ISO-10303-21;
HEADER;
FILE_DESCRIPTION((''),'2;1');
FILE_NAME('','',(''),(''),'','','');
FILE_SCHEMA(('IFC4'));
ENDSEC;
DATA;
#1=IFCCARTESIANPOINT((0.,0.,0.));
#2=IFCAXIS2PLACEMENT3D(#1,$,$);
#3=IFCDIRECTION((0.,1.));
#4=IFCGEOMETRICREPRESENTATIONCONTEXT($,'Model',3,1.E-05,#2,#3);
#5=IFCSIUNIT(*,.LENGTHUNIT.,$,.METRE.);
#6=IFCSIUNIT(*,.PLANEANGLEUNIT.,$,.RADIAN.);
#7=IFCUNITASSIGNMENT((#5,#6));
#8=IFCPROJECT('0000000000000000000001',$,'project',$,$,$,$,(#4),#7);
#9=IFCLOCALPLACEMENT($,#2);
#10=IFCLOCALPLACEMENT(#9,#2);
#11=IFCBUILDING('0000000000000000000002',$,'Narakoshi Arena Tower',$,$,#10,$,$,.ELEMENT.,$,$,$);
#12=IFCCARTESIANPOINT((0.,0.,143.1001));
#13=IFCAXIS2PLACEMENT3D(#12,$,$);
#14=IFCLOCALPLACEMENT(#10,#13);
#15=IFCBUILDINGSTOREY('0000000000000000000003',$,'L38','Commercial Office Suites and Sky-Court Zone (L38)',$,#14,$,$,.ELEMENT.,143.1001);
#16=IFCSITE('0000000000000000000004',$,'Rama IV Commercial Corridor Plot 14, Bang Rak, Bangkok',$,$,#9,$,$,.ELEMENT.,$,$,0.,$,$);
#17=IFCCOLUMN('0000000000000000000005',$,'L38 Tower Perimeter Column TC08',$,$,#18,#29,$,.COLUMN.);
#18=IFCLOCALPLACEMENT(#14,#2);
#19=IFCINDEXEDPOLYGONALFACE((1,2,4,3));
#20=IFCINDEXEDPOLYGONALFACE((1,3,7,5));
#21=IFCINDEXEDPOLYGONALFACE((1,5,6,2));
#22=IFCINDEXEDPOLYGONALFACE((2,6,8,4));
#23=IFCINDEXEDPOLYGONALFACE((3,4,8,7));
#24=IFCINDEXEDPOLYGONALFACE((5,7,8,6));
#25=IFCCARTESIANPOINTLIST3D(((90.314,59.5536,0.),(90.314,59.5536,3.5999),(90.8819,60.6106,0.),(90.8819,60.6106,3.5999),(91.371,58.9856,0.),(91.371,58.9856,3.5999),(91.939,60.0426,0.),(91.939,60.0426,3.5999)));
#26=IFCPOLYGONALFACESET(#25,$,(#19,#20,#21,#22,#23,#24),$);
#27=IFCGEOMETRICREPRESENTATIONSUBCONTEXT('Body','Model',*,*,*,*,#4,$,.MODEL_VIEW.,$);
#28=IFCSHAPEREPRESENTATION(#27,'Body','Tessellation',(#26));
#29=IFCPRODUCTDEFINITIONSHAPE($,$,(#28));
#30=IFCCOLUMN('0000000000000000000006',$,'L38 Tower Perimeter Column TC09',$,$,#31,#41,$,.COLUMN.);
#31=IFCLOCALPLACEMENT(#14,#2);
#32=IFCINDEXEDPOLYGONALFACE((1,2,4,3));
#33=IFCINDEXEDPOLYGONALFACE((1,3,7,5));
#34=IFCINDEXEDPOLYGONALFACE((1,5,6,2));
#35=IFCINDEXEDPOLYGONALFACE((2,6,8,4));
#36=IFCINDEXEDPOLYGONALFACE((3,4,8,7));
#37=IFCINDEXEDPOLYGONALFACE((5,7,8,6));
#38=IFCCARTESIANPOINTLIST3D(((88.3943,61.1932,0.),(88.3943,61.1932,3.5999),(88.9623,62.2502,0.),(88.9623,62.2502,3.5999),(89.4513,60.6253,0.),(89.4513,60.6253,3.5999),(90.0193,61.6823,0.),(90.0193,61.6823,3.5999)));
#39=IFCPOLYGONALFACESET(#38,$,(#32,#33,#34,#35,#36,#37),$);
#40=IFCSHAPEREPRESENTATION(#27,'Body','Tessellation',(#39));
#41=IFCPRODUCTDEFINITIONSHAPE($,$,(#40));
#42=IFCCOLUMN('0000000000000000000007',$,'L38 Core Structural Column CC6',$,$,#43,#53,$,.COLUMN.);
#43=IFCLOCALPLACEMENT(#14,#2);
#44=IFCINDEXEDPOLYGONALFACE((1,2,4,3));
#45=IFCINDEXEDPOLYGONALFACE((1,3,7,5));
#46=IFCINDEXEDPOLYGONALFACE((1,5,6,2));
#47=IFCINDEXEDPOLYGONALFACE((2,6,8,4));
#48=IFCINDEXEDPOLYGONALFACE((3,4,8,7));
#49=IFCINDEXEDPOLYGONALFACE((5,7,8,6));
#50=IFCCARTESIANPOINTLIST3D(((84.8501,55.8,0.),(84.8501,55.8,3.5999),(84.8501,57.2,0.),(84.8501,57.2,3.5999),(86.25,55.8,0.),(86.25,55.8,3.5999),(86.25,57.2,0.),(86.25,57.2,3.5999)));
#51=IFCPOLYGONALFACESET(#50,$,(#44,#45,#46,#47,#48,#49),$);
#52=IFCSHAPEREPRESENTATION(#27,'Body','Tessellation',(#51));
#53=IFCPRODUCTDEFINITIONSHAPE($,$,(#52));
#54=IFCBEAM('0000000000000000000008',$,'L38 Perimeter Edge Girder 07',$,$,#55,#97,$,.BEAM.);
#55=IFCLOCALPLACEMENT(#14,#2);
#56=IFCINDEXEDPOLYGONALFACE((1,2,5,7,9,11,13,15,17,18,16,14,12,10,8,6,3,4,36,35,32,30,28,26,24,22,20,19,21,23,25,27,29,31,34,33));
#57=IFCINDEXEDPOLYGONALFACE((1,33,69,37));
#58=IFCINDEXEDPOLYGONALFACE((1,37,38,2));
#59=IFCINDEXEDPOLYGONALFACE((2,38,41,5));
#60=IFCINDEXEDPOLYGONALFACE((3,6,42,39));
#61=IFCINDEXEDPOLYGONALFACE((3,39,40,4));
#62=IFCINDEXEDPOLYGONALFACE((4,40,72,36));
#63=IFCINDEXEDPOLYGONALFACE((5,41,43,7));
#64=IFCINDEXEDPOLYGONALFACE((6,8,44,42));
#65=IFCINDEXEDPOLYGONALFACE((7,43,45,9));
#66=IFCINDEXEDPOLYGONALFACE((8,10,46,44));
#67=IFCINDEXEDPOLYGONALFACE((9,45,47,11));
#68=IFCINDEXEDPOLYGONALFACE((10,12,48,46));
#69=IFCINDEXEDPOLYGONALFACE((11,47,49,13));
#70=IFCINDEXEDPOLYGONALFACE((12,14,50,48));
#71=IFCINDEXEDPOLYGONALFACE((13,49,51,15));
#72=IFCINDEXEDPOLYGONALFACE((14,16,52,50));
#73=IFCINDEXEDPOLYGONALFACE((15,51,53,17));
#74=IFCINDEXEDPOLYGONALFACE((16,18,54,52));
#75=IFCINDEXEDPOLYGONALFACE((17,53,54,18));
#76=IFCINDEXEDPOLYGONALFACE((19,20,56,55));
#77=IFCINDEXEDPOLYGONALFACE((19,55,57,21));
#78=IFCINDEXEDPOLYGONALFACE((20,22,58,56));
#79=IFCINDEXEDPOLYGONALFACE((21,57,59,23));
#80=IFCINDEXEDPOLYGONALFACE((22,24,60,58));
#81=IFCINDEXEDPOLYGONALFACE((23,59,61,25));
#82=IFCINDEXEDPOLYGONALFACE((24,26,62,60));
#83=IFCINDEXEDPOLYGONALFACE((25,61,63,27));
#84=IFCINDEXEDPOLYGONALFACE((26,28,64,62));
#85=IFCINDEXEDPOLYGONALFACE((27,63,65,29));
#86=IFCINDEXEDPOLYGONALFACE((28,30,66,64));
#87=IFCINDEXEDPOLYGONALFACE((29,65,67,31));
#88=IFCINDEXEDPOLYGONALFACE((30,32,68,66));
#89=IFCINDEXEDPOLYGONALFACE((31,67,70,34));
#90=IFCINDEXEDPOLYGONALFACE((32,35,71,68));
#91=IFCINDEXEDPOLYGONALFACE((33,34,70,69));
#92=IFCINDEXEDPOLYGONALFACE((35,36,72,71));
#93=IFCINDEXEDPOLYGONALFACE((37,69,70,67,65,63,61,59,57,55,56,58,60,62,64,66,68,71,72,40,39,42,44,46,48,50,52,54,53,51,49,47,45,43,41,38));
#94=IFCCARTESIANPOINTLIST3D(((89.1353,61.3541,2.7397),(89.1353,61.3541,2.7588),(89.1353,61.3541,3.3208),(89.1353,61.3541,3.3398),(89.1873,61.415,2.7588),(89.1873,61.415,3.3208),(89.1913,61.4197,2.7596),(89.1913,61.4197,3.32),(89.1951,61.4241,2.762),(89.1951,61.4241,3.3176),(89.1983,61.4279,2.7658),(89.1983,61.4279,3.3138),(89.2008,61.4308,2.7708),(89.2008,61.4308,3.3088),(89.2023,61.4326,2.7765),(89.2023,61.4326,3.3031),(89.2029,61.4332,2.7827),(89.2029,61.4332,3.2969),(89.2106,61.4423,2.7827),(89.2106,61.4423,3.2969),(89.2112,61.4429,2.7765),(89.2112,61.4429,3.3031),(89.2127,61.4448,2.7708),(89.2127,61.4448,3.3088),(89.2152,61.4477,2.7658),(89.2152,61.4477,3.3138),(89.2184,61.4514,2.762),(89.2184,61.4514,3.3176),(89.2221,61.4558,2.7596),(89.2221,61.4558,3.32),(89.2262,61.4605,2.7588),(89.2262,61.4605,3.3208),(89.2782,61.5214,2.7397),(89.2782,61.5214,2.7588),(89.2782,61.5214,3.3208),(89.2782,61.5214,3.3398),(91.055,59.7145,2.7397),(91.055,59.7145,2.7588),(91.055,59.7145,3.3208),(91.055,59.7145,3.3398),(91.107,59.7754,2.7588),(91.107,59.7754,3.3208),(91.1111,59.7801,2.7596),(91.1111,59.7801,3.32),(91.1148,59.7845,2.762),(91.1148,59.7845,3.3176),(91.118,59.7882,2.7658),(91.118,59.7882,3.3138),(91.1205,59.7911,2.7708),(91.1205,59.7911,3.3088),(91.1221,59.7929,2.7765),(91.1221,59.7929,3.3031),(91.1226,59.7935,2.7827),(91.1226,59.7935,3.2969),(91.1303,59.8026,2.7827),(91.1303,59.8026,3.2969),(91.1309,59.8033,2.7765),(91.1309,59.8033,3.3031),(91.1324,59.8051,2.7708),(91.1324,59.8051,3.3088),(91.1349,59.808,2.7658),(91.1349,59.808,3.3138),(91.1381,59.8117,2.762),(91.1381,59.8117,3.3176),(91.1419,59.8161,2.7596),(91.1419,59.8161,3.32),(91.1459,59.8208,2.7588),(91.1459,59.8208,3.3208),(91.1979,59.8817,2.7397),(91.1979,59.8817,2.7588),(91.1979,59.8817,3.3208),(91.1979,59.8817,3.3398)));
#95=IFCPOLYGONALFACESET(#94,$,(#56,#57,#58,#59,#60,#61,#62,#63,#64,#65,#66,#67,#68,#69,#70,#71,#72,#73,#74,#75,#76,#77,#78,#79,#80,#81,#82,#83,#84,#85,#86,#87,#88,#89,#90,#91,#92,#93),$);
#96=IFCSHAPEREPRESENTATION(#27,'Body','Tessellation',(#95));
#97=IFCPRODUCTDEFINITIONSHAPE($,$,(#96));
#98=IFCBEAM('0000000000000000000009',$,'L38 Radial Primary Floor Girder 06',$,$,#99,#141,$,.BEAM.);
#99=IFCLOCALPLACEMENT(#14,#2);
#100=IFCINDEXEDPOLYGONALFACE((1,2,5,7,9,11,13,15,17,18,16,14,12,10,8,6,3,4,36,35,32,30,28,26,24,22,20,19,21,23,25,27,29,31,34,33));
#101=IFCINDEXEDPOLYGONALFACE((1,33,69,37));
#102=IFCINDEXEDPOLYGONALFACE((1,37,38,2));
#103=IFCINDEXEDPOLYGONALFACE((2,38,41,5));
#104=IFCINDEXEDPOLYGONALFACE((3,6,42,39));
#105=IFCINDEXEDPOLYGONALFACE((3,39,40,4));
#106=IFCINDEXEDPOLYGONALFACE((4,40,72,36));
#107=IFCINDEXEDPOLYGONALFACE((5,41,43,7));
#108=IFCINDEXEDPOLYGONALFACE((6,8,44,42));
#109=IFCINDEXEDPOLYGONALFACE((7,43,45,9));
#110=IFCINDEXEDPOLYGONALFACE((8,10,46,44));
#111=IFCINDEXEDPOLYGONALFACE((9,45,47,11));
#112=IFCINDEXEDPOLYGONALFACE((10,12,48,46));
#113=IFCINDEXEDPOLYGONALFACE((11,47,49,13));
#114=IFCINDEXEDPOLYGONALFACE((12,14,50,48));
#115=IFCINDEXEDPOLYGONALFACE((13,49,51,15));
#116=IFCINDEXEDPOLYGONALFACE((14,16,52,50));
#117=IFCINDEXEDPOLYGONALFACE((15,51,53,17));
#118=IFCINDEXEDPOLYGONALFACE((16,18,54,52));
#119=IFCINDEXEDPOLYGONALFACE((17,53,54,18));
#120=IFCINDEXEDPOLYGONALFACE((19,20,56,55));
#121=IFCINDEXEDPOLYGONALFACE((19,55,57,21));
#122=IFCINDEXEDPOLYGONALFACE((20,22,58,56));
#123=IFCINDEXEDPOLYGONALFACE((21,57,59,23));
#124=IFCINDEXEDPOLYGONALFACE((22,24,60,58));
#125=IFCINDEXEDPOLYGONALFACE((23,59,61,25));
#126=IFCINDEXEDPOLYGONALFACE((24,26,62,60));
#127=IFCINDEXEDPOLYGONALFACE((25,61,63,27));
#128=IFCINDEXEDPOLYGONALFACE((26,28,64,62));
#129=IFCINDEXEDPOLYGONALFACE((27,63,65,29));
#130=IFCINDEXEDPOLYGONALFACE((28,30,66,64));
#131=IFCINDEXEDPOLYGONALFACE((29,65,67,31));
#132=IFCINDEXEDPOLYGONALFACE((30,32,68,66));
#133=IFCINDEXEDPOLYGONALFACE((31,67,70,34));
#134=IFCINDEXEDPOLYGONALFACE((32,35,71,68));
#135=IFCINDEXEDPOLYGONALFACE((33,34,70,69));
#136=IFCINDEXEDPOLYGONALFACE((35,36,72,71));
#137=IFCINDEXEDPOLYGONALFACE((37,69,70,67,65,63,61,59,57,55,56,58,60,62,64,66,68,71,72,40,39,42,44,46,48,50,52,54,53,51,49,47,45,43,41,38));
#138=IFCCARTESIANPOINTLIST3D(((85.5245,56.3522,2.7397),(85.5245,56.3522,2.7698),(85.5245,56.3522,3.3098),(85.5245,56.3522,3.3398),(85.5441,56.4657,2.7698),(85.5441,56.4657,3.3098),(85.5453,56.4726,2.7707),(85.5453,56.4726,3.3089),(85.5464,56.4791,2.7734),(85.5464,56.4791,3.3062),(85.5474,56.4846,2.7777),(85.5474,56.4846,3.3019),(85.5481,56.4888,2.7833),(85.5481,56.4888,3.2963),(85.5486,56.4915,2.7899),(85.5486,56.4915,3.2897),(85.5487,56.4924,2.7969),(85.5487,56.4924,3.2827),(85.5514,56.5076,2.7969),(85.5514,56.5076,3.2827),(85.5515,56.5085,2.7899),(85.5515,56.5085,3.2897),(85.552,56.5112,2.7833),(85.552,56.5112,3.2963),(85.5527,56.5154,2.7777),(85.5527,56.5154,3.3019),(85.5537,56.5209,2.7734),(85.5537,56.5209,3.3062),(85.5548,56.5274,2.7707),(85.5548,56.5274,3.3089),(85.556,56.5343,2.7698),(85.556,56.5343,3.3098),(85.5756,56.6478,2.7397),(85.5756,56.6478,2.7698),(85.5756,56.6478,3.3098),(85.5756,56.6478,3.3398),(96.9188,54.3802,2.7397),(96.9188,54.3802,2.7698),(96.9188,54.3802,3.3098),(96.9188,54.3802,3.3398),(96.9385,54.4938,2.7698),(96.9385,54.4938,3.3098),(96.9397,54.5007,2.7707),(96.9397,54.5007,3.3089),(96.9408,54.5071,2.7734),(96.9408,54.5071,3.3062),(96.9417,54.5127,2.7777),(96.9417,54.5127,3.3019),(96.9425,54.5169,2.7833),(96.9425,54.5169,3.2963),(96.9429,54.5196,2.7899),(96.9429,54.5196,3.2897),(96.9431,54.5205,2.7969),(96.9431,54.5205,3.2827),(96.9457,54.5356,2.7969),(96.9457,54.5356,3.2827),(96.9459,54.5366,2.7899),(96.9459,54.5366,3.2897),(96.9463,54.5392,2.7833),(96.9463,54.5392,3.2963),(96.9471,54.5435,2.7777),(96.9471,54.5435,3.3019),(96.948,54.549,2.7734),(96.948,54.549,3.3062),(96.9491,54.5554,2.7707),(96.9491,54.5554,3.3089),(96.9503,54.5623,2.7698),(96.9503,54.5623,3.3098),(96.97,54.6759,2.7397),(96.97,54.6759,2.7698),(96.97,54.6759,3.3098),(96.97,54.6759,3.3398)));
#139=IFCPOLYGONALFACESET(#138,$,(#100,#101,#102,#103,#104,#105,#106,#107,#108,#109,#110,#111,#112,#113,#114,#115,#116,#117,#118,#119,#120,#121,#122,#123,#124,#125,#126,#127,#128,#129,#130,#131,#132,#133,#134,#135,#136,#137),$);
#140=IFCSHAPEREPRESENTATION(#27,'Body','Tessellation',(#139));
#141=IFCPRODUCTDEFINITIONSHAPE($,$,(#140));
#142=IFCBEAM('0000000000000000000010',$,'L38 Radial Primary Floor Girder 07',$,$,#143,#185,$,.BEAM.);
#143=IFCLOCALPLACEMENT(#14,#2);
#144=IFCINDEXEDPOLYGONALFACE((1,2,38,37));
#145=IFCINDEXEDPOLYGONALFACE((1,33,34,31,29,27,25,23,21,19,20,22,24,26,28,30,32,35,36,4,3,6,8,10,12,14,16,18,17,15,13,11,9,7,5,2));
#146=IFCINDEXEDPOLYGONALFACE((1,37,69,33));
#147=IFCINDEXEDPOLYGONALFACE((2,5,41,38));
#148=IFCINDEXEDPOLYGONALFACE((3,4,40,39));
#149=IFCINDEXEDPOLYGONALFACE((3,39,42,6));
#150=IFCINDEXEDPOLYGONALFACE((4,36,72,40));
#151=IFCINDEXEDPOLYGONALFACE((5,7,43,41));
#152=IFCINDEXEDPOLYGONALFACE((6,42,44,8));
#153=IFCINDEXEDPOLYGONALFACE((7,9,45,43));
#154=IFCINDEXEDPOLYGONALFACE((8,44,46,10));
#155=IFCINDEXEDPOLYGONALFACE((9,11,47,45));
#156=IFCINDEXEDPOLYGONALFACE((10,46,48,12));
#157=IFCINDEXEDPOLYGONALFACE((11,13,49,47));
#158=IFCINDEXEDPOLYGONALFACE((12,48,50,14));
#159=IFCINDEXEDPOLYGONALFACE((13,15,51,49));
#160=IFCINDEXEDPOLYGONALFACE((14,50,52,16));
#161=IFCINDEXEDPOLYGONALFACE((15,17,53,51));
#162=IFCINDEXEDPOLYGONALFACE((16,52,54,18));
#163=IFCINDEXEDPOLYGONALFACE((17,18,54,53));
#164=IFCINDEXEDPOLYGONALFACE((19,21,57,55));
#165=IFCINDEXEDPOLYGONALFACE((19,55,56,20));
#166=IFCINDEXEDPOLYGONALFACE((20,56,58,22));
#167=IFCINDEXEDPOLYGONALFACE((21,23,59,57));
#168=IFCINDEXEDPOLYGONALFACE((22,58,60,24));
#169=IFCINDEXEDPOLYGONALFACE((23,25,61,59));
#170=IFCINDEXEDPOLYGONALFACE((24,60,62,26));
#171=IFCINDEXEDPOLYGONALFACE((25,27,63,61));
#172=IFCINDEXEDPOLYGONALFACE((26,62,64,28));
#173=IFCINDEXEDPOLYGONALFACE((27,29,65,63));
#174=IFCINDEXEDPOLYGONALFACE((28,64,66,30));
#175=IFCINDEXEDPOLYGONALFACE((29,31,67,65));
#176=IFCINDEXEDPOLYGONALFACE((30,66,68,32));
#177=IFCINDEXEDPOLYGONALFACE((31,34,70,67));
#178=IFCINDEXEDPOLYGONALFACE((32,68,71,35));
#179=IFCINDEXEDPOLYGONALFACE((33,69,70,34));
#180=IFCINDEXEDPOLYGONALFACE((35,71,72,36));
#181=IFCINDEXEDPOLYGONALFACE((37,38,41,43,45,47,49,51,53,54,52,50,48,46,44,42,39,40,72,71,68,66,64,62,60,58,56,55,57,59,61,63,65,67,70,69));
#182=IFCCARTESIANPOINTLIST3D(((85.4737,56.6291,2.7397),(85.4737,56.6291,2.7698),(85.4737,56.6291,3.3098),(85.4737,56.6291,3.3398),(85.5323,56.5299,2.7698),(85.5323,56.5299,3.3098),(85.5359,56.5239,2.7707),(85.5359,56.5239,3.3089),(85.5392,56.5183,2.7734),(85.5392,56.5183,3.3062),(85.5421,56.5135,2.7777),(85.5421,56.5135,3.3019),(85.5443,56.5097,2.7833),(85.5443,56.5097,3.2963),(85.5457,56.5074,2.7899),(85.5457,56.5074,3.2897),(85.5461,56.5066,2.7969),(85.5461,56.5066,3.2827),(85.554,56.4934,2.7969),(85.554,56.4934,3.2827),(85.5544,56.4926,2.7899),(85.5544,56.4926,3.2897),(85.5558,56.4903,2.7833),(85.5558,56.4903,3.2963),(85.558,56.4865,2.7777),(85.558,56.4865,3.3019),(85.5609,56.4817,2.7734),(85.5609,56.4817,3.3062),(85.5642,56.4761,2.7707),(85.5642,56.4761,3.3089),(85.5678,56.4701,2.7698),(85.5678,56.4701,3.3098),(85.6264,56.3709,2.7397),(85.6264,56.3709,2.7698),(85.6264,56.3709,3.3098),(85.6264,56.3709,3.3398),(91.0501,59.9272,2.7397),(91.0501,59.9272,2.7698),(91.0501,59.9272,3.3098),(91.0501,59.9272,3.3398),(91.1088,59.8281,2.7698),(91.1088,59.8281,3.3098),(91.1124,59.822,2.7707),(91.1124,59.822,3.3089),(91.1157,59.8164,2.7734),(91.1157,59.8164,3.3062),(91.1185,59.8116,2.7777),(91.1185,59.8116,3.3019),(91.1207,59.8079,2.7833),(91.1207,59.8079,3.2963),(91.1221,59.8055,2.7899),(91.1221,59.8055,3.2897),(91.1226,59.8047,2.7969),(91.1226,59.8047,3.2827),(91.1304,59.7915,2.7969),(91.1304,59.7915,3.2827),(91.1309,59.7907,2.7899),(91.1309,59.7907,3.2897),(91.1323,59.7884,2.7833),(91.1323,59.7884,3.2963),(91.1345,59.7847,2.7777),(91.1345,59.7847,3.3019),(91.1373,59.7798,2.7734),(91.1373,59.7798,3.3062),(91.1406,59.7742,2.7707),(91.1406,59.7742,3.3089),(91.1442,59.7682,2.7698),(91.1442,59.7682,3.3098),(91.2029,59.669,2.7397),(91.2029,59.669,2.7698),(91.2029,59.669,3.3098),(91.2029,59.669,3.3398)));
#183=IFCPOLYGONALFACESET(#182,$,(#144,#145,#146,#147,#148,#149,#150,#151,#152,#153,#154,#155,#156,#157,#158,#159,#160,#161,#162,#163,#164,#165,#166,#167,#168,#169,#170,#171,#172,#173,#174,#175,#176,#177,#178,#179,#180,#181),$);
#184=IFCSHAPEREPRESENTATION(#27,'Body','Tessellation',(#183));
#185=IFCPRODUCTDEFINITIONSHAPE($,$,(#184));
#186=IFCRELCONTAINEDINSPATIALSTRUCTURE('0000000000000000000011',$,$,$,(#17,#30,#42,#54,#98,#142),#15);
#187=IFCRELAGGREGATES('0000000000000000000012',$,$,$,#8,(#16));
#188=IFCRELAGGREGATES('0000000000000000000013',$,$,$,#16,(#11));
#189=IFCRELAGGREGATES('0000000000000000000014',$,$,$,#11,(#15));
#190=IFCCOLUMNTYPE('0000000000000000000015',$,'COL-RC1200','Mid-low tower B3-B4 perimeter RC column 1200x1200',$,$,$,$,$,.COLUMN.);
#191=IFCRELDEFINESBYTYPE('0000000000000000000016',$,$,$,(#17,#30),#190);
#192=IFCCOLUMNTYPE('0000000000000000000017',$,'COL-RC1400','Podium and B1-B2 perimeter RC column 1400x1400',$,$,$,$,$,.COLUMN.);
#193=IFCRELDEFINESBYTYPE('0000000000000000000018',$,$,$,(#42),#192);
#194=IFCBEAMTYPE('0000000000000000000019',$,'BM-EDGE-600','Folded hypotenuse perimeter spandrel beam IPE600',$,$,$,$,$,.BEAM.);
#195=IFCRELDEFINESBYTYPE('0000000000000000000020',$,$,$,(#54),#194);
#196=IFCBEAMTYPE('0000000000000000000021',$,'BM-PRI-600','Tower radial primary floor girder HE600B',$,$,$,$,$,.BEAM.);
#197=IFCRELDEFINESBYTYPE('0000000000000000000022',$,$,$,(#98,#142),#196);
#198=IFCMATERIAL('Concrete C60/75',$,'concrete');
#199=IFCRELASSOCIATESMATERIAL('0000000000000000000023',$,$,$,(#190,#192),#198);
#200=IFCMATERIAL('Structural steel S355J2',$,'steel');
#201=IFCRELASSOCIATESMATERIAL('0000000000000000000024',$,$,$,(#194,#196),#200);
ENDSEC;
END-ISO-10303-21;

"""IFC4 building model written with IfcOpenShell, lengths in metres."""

from ifc_helpers import new_model, si_unit, direction, frame, origin, origin_2d, place, context, subcontext, project, spatial, rectangle, i_section, extrude, material, material_profile, profile_set, type_object, element, save


model = new_model("IFC4")

# Units and contexts
model_context = context("Model", 3, precision=1e-05, world=origin(), true_north=direction((0.0, 1.0)))
body_context = subcontext(model_context, "Body", "Model", "MODEL_VIEW")
ifc_project = project(units=[si_unit("LENGTHUNIT", "METRE"), si_unit("PLANEANGLEUNIT", "RADIAN")], contexts=[model_context])

# Site, building, storey
site_placement = place(None, origin())
site = spatial("IfcSite", under=ifc_project, at=site_placement, Name="Rama IV Commercial Corridor Plot 14, Bang Rak, Bangkok", CompositionType="ELEMENT", RefElevation=0.0)
building_placement = place(site_placement, origin())
building = spatial("IfcBuilding", under=site, at=building_placement, Name="Narakoshi Arena Tower", CompositionType="ELEMENT")
storey_placement = place(building_placement, frame((0.0, 0.0, 143.1001)))
storey = spatial("IfcBuildingStorey", under=building, at=storey_placement, Name="L38", Description="Commercial Office Suites and Sky-Court Zone (L38)", CompositionType="ELEMENT", Elevation=143.1001)

# Columns
ifc_material_1 = material(Name="Concrete C60/75", Category="concrete")
ifc_material_profile_1 = material_profile(ifc_material_1, rectangle(XDim=1.2, YDim=1.2, at=origin_2d()), Name="RC1200x1200")
ifc_profile_set_1 = profile_set([ifc_material_profile_1], Name="Concrete C60/75")
column_type_1 = type_object("IfcColumnType", Name="COL-RC1200", Description="Mid-low tower B3-B4 perimeter RC column 1200x1200", PredefinedType="COLUMN", material=ifc_profile_set_1)
for number, where, z_axis, x_axis, name in (
    (1, (91.1265, 59.7981, 0.0), (0.0, 0.0, 1.0), (0.47332, 0.880891, 0.0), "L38 Tower Perimeter Column TC08"),
    (2, (89.2068, 61.4377, 0.0), (0.0, 0.0, 1.0), (0.47332, 0.880891, 0.0), "L38 Tower Perimeter Column TC09"),
):
    element("IfcColumn", number, at=place(storey_placement, frame(where, z_axis=z_axis, x_axis=x_axis)), inside=storey, type_object=column_type_1, Name=name, PredefinedType="COLUMN", context=body_context, shape_type="SweptSolid", body=[
        extrude(rectangle(XDim=1.2, YDim=1.2, at=origin_2d()), origin(), (0.0, 0.0, 1.0), 3.5999),
    ])
ifc_material_profile_2 = material_profile(ifc_material_1, rectangle(XDim=1.3999, YDim=1.3999, at=origin_2d()), Name="RC1400x1400")
ifc_profile_set_2 = profile_set([ifc_material_profile_2], Name="Concrete C60/75")
column_type_2 = type_object("IfcColumnType", Name="COL-RC1400", Description="Podium and B1-B2 perimeter RC column 1400x1400", PredefinedType="COLUMN", material=ifc_profile_set_2)
column_placement = place(storey_placement, frame((85.55, 56.5, 0.0), z_axis=(0.0, 0.0, 1.0), x_axis=(1.0, 0.0, 0.0)))
element("IfcColumn", 3, at=column_placement, inside=storey, type_object=column_type_2, Name="L38 Core Structural Column CC6", PredefinedType="COLUMN", context=body_context, shape_type="SweptSolid", body=[
    extrude(rectangle(XDim=1.3999, YDim=1.3999, at=origin_2d()), origin(), (0.0, 0.0, 1.0), 3.5999),
])

# Beams
ifc_material_2 = material(Name="Structural steel S355J2", Category="steel")
ifc_material_profile_3 = material_profile(ifc_material_2, i_section(OverallWidth=0.22, OverallDepth=0.6001, WebThickness=0.012, FlangeThickness=0.019, FilletRadius=0.0239, at=origin_2d()), Name="IPE600")
ifc_profile_set_3 = profile_set([ifc_material_profile_3], Name="Structural steel S355J2")
beam_type_1 = type_object("IfcBeamType", Name="BM-EDGE-600", Description="Folded hypotenuse perimeter spandrel beam IPE600", PredefinedType="BEAM", material=ifc_profile_set_3)
beam_1_placement = place(storey_placement, frame((91.1265, 59.7981, 3.0398), z_axis=(-0.760389, 0.649468, 0.0), x_axis=(-0.649468, -0.760389, 0.0)))
element("IfcBeam", 4, at=beam_1_placement, inside=storey, type_object=beam_type_1, Name="L38 Perimeter Edge Girder 07", PredefinedType="BEAM", context=body_context, shape_type="SweptSolid", body=[
    extrude(i_section(OverallWidth=0.22, OverallDepth=0.6001, WebThickness=0.012, FlangeThickness=0.019, FilletRadius=0.0239, at=origin_2d()), origin(), (0.0, 0.0, 1.0), 2.5247),
])
ifc_material_profile_4 = material_profile(ifc_material_2, i_section(OverallWidth=0.3, OverallDepth=0.6001, WebThickness=0.0154, FlangeThickness=0.03, FilletRadius=0.0271, at=origin_2d()), Name="HE600B")
ifc_profile_set_4 = profile_set([ifc_material_profile_4], Name="Structural steel S355J2")
beam_type_2 = type_object("IfcBeamType", Name="BM-PRI-600", Description="Tower radial primary floor girder HE600B", PredefinedType="BEAM", material=ifc_profile_set_4)
beam_2_placement = place(storey_placement, frame((85.55, 56.5, 3.0398), z_axis=(0.985353, -0.170528, 0.0), x_axis=(0.170528, 0.985353, 0.0)))
element("IfcBeam", 5, at=beam_2_placement, inside=storey, type_object=beam_type_2, Name="L38 Radial Primary Floor Girder 06", PredefinedType="BEAM", context=body_context, shape_type="SweptSolid", body=[
    extrude(i_section(OverallWidth=0.3, OverallDepth=0.6001, WebThickness=0.0154, FlangeThickness=0.03, FilletRadius=0.0271, at=origin_2d()), origin(), (0.0, 0.0, 1.0), 11.5637),
])
beam_3_placement = place(storey_placement, frame((85.55, 56.5, 3.0398), z_axis=(0.860728, 0.509066, 0.0), x_axis=(-0.509066, 0.860728, 0.0)))
element("IfcBeam", 6, at=beam_3_placement, inside=storey, type_object=beam_type_2, Name="L38 Radial Primary Floor Girder 07", PredefinedType="BEAM", context=body_context, shape_type="SweptSolid", body=[
    extrude(i_section(OverallWidth=0.3, OverallDepth=0.6001, WebThickness=0.0154, FlangeThickness=0.03, FilletRadius=0.0271, at=origin_2d()), origin(), (0.0, 0.0, 1.0), 6.4788),
])

save(model, "model.ifc")
